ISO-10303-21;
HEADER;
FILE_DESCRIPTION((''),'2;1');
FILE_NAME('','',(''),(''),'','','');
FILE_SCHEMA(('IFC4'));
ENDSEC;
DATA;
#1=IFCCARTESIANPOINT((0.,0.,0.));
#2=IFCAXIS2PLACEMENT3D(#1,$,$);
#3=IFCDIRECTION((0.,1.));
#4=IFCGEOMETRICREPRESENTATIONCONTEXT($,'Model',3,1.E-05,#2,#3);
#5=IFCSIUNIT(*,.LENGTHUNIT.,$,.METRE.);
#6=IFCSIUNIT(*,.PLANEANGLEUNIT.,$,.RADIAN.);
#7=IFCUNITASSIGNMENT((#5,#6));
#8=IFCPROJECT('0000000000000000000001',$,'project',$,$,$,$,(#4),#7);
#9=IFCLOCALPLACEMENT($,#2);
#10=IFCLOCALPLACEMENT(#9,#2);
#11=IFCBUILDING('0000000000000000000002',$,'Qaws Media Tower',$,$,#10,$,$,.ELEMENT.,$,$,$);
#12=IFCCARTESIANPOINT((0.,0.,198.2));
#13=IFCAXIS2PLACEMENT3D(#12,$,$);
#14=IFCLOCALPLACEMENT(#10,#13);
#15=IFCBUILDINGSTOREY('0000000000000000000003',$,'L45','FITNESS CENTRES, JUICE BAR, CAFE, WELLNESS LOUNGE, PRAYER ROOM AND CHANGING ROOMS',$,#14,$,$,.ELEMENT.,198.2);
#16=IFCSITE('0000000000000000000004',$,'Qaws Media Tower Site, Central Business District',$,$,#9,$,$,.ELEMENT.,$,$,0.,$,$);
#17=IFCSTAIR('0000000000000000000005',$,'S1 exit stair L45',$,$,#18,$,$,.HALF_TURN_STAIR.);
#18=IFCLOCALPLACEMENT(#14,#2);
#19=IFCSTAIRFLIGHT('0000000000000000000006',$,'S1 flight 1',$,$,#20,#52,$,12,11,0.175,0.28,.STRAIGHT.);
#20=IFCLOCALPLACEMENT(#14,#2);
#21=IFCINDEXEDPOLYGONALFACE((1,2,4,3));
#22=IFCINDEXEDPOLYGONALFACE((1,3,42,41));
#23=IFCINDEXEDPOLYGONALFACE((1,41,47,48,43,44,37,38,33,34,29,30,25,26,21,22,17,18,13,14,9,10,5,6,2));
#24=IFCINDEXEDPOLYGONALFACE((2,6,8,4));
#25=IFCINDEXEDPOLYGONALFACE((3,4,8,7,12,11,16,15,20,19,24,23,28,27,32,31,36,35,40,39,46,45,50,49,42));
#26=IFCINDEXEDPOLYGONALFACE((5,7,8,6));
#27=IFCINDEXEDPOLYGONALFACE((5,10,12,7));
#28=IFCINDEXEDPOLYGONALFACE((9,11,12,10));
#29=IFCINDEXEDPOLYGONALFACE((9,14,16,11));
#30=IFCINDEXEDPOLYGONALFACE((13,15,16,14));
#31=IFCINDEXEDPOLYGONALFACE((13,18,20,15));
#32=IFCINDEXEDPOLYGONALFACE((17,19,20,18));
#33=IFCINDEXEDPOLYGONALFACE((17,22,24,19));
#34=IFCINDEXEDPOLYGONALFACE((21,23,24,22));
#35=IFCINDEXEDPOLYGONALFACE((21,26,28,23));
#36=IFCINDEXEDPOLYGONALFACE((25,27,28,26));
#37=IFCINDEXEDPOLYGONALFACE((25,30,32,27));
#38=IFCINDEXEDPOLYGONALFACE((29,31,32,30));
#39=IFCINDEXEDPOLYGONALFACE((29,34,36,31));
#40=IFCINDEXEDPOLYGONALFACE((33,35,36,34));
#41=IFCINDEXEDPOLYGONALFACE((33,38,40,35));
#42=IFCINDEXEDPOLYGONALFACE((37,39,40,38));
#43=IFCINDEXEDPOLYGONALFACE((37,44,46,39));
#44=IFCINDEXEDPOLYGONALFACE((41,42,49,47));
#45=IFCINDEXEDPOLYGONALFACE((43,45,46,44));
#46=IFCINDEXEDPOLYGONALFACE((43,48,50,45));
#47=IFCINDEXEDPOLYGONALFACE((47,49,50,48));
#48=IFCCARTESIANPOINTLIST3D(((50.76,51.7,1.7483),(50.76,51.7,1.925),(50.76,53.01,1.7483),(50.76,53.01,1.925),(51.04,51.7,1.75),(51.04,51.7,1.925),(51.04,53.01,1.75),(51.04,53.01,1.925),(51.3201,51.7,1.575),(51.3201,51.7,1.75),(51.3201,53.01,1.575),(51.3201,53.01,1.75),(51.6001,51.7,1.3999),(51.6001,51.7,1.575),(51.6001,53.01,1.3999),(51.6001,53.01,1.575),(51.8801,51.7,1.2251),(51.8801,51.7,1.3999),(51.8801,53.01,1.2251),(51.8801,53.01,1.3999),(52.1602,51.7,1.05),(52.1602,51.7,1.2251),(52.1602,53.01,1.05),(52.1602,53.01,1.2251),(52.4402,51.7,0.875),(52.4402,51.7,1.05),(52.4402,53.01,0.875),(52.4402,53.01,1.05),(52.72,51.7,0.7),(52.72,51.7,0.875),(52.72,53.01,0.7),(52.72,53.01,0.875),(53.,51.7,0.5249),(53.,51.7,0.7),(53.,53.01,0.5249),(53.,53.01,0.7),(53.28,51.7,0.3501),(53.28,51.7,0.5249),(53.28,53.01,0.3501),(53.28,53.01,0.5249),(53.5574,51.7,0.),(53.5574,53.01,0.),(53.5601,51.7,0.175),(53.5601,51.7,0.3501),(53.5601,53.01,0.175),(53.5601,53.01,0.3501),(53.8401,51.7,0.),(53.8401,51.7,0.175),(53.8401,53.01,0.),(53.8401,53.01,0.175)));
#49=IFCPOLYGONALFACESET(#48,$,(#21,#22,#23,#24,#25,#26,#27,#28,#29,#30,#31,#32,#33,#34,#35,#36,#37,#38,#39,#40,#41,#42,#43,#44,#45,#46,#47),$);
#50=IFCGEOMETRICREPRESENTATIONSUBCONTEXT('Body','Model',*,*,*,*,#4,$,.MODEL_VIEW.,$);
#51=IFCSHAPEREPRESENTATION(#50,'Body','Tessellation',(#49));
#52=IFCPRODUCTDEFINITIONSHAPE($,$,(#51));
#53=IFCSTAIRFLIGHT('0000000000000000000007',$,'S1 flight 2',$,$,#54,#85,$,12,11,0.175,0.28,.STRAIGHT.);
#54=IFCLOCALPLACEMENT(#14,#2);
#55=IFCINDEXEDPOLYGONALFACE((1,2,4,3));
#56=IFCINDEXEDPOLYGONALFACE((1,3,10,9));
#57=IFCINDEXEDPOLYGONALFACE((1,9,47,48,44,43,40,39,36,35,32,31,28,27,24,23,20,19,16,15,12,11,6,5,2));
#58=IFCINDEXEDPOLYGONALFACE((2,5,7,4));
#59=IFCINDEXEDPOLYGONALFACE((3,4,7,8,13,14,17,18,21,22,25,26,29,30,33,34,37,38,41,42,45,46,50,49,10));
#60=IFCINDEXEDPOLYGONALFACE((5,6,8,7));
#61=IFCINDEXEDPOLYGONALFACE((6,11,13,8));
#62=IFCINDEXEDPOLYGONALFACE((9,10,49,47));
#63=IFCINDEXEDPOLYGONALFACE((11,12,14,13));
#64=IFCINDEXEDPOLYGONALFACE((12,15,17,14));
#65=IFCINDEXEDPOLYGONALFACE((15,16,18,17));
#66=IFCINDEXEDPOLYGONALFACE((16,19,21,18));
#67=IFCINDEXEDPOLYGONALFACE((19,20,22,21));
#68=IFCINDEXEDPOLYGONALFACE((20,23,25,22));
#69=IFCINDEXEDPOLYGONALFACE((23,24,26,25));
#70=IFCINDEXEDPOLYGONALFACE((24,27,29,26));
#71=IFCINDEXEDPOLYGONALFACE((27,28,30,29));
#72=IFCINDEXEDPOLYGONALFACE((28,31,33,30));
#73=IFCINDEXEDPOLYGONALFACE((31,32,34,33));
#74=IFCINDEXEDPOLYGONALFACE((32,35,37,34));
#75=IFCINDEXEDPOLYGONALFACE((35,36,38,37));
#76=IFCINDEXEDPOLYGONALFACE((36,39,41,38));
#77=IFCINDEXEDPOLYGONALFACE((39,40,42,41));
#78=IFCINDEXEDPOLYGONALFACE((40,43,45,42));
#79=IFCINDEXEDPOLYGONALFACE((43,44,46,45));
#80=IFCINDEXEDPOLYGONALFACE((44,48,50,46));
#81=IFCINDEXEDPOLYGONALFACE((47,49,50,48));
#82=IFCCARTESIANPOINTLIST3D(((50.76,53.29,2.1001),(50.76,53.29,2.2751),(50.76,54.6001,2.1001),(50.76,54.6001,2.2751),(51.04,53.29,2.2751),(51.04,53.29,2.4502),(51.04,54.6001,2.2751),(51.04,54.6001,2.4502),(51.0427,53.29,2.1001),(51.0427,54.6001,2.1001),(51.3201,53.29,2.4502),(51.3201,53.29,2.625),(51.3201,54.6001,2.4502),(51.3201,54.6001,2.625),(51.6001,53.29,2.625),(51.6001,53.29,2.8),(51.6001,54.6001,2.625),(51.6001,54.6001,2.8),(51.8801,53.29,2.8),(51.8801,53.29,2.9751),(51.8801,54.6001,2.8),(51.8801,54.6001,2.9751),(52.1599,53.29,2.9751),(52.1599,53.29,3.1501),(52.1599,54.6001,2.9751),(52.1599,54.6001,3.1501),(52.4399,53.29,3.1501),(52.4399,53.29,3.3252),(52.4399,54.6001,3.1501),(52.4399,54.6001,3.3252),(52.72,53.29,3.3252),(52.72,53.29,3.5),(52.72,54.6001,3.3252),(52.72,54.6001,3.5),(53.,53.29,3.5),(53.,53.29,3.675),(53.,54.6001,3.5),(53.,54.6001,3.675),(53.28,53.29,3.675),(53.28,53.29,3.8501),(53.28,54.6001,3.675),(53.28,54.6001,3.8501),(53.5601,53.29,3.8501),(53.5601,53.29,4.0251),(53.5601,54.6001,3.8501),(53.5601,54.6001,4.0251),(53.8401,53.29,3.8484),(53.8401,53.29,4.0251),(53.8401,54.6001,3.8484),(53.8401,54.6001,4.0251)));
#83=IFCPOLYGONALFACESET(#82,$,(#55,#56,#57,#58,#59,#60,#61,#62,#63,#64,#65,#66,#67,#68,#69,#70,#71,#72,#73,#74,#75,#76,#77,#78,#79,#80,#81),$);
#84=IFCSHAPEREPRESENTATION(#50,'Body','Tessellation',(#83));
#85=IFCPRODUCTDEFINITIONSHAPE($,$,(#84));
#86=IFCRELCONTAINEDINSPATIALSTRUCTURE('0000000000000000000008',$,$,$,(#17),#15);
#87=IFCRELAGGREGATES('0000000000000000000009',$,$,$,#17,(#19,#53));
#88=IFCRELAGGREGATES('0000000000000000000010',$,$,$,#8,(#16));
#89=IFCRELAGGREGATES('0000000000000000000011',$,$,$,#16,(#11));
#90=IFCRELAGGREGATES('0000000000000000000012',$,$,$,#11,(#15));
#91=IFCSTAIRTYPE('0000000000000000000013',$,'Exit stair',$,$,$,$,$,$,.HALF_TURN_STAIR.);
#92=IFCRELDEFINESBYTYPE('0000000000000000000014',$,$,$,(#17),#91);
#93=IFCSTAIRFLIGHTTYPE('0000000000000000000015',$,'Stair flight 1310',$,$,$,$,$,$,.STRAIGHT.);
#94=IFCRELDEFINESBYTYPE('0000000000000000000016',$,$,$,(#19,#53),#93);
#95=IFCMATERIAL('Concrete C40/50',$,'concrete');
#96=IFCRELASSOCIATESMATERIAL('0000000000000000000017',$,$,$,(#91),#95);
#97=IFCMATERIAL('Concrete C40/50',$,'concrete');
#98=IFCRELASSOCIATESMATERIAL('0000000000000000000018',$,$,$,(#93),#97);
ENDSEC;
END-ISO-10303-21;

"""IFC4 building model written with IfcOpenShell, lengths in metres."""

from ifc_helpers import new_model, si_unit, direction, frame, origin, place, context, subcontext, project, spatial, polyline, outline, extrude, material, type_object, element, aggregate, save


model = new_model("IFC4")

# Units and contexts
model_context = context("Model", 3, precision=1e-05, world=origin(), true_north=direction((0.0, 1.0)))
body_context = subcontext(model_context, "Body", "Model", "MODEL_VIEW")
ifc_project = project(units=[si_unit("LENGTHUNIT", "METRE"), si_unit("PLANEANGLEUNIT", "RADIAN")], contexts=[model_context])

# Site, building, storey
site_placement = place(None, origin())
site = spatial("IfcSite", under=ifc_project, at=site_placement, Name="Qaws Media Tower Site, Central Business District", CompositionType="ELEMENT", RefElevation=0.0)
building_placement = place(site_placement, origin())
building = spatial("IfcBuilding", under=site, at=building_placement, Name="Qaws Media Tower", CompositionType="ELEMENT")
storey_placement = place(building_placement, frame((0.0, 0.0, 198.2)))
storey = spatial("IfcBuildingStorey", under=building, at=storey_placement, Name="L45", Description="FITNESS CENTRES, JUICE BAR, CAFE, WELLNESS LOUNGE, PRAYER ROOM AND CHANGING ROOMS", CompositionType="ELEMENT", Elevation=198.2)

# Stair, stair flights
ifc_material_1 = material(Name="Concrete C40/50", Category="concrete")
stair_type = type_object("IfcStairType", Name="Exit stair", PredefinedType="HALF_TURN_STAIR", material=ifc_material_1)
stair_placement = place(storey_placement, origin())
stair = element("IfcStair", 1, at=stair_placement, inside=storey, type_object=stair_type, Name="S1 exit stair L45", PredefinedType="HALF_TURN_STAIR")
ifc_material_2 = material(Name="Concrete C40/50", Category="concrete")
stair_flight_type = type_object("IfcStairFlightType", Name="Stair flight 1310", PredefinedType="STRAIGHT", material=ifc_material_2)
stair_flight_1_placement = place(storey_placement, frame((53.8401, 52.355, 0.0), z_axis=(0.0, 0.0, 1.0), x_axis=(-1.0, 0.0, 0.0)))
stair_flight_1 = element("IfcStairFlight", 2, at=stair_flight_1_placement, type_object=stair_flight_type, Name="S1 flight 1", NumberOfRisers=12, NumberOfTreads=11, PredefinedType="STRAIGHT", RiserHeight=0.175, TreadLength=0.28, context=body_context, shape_type="SweptSolid", body=[
    extrude(outline(polyline([(0.0, 0.0), (0.0, 0.175), (0.28, 0.175), (0.28, 0.3501), (0.5601, 0.3501), (0.5601, 0.5249), (0.8401, 0.5249), (0.8401, 0.7), (1.1201, 0.7), (1.1201, 0.875), (1.3999, 0.875), (1.3999, 1.05), (1.6799, 1.05), (1.6799, 1.2251), (1.96, 1.2251), (1.96, 1.3999), (2.24, 1.3999), (2.24, 1.575), (2.52, 1.575), (2.52, 1.75), (2.8, 1.75), (2.8, 1.925), (3.0801, 1.925), (3.0801, 2.1001), (3.0801, 1.7483), (0.2827, 0.0), (0.0, 0.0)])), frame((0.0, 0.655, 0.0), z_axis=(0.0, -1.0, 0.0), x_axis=(1.0, 0.0, 0.0)), (0.0, 0.0, 1.0), 1.3101),
])
stair_flight_2_placement = place(storey_placement, frame((50.76, 53.9451, 2.1001), z_axis=(0.0, 0.0, 1.0), x_axis=(1.0, 0.0, 0.0)))
stair_flight_2 = element("IfcStairFlight", 3, at=stair_flight_2_placement, type_object=stair_flight_type, Name="S1 flight 2", NumberOfRisers=12, NumberOfTreads=11, PredefinedType="STRAIGHT", RiserHeight=0.175, TreadLength=0.28, context=body_context, shape_type="SweptSolid", body=[
    extrude(outline(polyline([(0.0, 0.0), (0.0, 0.175), (0.28, 0.175), (0.28, 0.3501), (0.5601, 0.3501), (0.5601, 0.5249), (0.8401, 0.5249), (0.8401, 0.7), (1.1201, 0.7), (1.1201, 0.875), (1.3999, 0.875), (1.3999, 1.05), (1.6799, 1.05), (1.6799, 1.2251), (1.96, 1.2251), (1.96, 1.3999), (2.24, 1.3999), (2.24, 1.575), (2.52, 1.575), (2.52, 1.75), (2.8, 1.75), (2.8, 1.925), (3.0801, 1.925), (3.0801, 2.1001), (3.0801, 1.7483), (0.2827, 0.0), (0.0, 0.0)])), frame((0.0, 0.655, 0.0), z_axis=(0.0, -1.0, 0.0), x_axis=(1.0, 0.0, 0.0)), (0.0, 0.0, 1.0), 1.3101),
])
aggregate(stair, [stair_flight_1, stair_flight_2])

save(model, "model.ifc")
